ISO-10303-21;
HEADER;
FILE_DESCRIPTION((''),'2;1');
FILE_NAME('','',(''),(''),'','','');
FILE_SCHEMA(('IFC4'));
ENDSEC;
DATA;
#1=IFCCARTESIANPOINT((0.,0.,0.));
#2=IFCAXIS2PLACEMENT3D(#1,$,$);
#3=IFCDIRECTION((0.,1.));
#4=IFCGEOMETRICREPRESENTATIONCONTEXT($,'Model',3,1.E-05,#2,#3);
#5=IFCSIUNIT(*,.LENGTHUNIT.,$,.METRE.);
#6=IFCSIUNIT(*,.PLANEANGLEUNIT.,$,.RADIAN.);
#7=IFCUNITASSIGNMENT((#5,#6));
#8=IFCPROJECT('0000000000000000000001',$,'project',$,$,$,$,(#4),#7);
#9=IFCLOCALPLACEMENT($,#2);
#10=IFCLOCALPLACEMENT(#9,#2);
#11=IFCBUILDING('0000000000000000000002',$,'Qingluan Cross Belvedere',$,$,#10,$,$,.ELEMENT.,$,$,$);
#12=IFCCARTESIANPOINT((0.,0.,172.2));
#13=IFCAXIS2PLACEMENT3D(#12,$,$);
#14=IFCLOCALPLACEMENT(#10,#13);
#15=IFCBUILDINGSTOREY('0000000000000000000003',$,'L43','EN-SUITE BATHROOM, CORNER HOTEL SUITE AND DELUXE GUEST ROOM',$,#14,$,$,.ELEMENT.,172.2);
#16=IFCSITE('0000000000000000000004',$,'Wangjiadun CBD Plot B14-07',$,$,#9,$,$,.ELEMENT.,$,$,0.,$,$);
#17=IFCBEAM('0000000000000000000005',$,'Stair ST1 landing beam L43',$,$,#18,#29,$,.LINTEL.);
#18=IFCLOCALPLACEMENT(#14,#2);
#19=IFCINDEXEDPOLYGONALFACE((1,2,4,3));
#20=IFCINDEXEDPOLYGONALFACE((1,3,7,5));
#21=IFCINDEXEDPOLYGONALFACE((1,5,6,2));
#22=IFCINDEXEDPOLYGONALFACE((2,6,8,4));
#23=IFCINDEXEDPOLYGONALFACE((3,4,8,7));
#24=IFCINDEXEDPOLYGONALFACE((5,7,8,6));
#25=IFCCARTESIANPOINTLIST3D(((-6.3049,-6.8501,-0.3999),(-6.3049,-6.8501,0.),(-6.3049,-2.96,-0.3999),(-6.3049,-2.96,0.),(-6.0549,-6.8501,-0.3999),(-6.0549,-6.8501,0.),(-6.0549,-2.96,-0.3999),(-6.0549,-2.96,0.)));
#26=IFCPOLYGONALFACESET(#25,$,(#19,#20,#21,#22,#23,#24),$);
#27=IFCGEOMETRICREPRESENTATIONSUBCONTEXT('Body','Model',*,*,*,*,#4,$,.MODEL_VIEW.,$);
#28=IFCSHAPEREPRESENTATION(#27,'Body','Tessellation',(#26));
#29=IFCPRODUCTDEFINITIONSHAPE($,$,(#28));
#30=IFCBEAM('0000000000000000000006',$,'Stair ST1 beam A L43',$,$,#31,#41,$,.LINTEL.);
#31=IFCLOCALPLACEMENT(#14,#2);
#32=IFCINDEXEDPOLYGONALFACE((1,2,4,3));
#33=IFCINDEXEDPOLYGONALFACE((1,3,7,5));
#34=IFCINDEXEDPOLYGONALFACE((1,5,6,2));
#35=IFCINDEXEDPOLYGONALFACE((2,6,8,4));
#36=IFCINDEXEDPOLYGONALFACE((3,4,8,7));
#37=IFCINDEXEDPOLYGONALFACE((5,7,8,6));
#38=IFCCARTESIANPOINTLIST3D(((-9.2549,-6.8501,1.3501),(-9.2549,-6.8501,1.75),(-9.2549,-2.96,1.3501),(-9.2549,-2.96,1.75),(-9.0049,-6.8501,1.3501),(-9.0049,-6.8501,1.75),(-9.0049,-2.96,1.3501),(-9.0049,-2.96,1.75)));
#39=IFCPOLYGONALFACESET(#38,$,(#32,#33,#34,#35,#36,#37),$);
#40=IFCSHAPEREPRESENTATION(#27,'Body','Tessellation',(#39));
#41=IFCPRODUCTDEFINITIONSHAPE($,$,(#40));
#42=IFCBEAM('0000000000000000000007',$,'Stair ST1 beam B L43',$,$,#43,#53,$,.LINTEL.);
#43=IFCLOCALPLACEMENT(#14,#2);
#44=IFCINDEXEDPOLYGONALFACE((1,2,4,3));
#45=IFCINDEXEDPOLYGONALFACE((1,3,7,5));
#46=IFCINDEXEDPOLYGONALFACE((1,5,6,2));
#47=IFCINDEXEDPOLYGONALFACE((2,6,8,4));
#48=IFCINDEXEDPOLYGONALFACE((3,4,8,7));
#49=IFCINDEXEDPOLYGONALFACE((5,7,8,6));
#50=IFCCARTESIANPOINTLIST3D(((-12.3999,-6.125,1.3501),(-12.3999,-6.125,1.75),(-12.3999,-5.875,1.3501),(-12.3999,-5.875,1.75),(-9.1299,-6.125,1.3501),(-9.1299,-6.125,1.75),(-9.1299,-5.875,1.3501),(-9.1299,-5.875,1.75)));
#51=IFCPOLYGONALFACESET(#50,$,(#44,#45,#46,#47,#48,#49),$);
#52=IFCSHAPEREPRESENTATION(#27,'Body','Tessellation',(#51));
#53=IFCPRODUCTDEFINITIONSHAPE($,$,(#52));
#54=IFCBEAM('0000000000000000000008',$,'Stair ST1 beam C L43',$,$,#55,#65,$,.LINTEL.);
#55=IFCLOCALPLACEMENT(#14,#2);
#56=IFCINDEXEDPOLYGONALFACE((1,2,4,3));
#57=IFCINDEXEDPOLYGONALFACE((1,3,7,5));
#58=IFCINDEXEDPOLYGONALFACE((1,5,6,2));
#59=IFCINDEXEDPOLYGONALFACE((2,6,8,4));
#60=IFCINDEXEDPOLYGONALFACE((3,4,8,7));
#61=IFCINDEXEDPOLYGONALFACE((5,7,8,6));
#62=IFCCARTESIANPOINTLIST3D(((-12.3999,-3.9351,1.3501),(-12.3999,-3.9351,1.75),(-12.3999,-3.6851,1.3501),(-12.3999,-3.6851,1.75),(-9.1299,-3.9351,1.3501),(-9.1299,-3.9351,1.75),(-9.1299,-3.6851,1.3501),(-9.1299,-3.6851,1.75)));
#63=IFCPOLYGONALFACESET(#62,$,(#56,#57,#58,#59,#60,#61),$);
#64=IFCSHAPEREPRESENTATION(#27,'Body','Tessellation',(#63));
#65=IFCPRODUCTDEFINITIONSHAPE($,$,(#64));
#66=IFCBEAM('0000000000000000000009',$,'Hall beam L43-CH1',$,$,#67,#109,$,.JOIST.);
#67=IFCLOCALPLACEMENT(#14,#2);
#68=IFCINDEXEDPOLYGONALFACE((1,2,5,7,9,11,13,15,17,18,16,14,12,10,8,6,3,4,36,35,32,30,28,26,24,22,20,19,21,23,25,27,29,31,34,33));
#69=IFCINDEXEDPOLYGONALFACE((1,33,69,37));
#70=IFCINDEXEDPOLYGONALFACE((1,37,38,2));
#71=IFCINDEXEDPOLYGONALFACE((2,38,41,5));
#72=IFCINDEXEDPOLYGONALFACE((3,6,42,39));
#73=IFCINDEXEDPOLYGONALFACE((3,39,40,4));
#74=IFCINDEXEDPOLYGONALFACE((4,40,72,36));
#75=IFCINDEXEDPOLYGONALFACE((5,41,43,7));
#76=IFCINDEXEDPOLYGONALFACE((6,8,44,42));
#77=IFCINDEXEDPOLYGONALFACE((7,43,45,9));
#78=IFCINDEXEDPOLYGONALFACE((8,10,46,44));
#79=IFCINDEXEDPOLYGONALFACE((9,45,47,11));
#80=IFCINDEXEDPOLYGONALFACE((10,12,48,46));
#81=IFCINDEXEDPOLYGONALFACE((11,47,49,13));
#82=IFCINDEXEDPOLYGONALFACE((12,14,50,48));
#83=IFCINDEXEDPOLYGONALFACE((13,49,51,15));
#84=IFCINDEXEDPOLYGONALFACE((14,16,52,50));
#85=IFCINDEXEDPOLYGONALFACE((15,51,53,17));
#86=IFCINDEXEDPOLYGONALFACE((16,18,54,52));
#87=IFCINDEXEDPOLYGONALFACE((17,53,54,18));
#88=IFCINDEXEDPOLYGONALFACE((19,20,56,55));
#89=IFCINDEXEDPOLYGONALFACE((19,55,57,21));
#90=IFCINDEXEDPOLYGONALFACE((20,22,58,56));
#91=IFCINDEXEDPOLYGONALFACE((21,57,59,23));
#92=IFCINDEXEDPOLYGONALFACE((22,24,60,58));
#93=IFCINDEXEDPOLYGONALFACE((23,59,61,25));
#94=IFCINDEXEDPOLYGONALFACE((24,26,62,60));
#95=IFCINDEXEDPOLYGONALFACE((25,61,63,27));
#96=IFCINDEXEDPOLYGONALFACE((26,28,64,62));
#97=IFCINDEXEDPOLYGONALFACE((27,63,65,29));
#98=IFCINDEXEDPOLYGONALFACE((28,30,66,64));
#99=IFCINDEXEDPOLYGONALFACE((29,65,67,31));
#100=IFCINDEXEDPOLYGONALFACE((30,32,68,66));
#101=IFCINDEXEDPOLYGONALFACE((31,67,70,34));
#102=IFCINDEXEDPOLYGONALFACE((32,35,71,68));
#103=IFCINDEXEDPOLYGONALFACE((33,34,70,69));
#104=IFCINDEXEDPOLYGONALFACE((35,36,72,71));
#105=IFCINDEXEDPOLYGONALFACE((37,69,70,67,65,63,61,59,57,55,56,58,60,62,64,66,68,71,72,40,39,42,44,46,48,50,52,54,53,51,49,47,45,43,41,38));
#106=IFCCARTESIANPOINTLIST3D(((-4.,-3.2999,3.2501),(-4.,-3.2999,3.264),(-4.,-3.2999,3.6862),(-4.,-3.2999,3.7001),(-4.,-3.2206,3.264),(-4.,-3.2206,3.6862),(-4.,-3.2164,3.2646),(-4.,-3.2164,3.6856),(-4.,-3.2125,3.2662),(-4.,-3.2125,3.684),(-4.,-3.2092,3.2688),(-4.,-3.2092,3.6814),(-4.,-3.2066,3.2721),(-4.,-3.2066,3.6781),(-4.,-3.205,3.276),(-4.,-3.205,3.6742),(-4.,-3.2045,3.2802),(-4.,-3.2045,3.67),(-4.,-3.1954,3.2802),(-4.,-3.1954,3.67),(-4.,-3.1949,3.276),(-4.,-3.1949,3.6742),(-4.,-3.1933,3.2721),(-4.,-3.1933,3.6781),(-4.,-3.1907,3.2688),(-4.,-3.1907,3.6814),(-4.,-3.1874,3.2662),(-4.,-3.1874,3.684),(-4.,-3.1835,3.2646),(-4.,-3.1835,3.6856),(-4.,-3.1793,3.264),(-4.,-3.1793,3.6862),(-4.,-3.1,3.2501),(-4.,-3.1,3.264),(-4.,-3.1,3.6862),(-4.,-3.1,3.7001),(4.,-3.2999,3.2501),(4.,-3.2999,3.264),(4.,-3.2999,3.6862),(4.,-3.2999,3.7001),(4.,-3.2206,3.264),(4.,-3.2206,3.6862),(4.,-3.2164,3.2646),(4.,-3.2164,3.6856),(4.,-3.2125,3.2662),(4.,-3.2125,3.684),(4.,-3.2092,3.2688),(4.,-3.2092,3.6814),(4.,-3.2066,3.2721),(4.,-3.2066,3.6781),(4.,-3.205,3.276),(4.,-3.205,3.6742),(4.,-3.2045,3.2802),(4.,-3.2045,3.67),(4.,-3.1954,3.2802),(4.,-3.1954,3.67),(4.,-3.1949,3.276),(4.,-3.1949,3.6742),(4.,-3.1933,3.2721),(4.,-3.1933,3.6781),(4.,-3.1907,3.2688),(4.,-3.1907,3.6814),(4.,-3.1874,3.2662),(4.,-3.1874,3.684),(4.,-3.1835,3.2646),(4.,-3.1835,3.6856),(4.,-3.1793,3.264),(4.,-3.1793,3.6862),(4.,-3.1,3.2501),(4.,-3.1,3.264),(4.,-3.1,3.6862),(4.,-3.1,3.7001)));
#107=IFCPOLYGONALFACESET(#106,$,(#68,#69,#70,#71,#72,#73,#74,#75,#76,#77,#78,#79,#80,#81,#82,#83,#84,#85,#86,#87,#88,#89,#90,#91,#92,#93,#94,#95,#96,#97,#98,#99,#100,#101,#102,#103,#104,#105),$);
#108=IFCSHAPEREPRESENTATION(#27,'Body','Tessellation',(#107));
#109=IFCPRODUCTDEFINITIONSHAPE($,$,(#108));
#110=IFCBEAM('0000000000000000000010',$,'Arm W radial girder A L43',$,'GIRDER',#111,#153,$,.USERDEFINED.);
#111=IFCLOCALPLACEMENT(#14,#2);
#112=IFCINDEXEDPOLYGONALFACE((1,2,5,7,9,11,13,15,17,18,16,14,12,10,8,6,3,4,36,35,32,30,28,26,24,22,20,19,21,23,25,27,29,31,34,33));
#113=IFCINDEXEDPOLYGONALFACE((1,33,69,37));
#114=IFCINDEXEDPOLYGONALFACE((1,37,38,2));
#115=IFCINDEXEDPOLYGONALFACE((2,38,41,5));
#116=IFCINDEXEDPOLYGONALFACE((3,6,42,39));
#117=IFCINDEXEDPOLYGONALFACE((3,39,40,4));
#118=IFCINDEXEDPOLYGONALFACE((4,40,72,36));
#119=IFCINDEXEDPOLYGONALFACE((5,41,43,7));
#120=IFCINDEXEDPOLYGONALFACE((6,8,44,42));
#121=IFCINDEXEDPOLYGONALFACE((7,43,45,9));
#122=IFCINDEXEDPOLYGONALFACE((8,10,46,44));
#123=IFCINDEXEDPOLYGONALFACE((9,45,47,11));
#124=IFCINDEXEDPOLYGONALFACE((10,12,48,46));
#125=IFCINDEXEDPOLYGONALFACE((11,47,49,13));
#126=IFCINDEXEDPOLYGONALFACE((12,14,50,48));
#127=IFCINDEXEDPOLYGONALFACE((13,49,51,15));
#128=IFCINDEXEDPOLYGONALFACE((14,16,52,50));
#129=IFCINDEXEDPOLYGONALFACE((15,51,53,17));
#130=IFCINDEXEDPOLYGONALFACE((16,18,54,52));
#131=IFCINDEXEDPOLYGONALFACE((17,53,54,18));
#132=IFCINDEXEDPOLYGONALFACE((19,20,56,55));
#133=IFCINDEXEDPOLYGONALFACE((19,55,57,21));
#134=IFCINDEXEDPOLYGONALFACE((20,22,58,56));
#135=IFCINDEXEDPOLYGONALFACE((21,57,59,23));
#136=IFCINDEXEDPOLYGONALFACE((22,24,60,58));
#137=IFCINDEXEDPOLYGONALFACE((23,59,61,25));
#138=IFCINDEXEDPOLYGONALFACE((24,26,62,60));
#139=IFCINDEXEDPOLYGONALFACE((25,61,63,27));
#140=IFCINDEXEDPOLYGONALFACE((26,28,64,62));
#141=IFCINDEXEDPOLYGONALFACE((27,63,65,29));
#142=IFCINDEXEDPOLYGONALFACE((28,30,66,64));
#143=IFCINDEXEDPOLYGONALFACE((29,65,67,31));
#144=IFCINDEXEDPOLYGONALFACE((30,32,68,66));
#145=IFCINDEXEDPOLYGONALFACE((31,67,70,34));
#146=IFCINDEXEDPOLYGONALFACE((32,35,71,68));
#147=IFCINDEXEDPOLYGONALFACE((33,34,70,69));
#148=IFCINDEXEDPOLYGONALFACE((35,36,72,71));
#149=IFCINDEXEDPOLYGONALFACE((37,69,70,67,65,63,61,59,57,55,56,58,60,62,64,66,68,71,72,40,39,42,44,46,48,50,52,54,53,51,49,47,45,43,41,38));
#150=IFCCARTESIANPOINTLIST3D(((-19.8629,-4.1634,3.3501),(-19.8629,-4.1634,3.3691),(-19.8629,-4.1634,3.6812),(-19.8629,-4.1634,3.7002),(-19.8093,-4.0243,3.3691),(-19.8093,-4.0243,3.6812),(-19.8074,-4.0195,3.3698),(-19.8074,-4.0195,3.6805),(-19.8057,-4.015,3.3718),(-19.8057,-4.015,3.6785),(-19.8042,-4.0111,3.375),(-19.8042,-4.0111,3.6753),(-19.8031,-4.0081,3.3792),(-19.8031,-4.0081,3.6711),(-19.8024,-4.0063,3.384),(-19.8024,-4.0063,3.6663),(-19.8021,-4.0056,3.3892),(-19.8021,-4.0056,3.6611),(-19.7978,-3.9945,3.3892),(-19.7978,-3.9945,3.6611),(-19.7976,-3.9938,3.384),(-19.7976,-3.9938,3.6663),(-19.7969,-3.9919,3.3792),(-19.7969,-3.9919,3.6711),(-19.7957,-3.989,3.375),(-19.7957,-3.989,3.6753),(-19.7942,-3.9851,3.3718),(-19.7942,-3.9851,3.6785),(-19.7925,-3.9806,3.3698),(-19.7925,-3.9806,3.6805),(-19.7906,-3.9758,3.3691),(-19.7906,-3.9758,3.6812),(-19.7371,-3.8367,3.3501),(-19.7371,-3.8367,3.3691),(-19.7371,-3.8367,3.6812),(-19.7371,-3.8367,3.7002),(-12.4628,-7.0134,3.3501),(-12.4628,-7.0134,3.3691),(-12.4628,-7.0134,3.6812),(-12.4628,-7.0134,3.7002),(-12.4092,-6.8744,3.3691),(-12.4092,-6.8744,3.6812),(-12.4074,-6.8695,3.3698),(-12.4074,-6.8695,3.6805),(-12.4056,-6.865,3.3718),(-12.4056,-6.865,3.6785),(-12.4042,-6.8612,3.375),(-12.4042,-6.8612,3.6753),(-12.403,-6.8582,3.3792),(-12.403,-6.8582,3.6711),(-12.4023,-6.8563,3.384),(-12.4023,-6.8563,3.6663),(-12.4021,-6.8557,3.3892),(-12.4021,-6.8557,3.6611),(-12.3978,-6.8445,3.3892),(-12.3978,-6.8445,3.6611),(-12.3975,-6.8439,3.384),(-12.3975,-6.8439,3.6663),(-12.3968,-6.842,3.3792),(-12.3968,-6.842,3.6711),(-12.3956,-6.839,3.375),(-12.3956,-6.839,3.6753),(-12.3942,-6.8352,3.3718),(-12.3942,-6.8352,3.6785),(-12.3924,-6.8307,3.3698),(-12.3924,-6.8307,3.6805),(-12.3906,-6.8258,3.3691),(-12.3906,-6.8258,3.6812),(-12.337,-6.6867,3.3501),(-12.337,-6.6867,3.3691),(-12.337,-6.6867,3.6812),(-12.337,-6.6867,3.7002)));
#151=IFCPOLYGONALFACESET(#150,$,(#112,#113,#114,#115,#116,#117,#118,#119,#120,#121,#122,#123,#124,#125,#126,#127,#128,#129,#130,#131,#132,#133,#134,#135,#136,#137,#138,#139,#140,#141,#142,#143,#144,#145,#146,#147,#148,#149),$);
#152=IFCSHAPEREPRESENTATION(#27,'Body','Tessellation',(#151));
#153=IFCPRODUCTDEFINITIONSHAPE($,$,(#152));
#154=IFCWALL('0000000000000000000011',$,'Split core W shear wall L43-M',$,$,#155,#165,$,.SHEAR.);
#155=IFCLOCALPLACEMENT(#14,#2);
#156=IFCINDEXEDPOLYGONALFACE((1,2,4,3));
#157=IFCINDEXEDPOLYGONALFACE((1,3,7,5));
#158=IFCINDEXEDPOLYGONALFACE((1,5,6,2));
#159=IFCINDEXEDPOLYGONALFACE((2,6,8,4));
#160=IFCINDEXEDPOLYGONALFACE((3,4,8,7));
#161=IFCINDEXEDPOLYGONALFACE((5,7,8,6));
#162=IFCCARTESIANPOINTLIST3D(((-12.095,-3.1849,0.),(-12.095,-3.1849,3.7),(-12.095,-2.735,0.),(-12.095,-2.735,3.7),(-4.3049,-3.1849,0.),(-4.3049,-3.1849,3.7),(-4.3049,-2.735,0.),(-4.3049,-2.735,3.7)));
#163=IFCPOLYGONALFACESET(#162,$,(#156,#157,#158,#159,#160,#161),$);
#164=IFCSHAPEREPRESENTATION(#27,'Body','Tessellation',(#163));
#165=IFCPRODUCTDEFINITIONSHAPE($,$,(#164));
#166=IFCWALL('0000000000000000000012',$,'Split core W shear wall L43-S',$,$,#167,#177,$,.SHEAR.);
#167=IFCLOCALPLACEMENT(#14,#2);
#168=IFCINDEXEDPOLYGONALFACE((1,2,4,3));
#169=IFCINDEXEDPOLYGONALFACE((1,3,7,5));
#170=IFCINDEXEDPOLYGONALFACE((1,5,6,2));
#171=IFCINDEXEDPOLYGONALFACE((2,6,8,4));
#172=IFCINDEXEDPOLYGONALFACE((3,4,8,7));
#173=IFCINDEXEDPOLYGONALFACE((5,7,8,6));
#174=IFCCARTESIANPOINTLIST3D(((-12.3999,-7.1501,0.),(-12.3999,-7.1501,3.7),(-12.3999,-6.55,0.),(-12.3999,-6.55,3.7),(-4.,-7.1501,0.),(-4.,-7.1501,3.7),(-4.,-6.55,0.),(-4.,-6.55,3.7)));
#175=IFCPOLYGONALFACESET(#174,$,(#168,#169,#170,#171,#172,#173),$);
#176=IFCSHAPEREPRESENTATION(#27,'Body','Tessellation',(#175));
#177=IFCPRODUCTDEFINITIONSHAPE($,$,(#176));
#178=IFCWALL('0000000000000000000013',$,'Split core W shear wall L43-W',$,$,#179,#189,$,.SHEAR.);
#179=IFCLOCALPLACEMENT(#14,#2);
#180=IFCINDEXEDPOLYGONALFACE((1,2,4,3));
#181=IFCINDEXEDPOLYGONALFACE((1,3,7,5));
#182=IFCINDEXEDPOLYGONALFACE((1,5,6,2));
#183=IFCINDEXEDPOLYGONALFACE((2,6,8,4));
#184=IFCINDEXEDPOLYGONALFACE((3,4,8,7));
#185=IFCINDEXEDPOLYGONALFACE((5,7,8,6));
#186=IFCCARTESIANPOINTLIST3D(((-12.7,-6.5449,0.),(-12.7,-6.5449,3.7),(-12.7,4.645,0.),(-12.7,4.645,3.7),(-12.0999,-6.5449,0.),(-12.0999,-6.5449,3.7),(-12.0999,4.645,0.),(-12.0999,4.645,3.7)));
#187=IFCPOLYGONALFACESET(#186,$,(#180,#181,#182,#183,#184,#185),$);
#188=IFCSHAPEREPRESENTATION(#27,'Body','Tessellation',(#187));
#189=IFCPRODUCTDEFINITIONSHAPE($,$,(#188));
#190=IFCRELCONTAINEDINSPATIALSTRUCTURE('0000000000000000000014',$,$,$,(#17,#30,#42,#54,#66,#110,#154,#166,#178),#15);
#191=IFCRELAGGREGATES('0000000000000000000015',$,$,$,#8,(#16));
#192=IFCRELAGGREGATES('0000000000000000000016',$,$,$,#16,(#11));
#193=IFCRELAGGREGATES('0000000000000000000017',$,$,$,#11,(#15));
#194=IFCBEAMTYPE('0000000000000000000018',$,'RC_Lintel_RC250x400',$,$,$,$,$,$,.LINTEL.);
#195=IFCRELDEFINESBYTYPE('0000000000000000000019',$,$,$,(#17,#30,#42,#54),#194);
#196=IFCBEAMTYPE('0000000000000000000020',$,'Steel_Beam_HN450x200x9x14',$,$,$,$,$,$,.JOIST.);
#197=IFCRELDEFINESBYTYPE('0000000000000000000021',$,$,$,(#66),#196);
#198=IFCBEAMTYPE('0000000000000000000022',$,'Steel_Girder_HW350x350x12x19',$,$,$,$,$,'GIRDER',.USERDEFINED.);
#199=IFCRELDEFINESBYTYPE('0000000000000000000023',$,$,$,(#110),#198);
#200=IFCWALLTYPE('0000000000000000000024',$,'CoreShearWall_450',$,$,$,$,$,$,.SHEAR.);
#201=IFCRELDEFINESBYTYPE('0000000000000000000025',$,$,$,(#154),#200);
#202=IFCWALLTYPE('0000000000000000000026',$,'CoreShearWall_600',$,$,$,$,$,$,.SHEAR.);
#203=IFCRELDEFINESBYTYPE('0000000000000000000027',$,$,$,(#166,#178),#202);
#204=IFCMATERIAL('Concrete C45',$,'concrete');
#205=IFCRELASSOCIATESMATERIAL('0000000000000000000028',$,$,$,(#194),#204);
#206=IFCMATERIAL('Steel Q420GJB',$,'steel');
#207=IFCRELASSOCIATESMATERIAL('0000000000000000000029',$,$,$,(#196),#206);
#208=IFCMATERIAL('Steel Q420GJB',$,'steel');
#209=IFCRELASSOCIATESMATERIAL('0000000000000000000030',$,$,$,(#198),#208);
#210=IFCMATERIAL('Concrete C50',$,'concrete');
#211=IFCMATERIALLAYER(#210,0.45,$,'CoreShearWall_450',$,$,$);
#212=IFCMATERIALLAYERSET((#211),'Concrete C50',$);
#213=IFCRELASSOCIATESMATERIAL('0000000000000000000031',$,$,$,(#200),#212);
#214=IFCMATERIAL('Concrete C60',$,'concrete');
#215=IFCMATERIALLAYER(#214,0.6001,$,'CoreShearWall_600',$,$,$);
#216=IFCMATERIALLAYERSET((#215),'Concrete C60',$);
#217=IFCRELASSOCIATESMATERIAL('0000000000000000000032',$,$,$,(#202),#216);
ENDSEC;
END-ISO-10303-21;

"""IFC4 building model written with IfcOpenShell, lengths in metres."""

from ifc_helpers import new_model, si_unit, direction, frame, frame_2d, origin, origin_2d, place, context, subcontext, project, spatial, rectangle, i_section, extrude, material, layer, layer_set, material_profile, profile_set, type_object, element, save


model = new_model("IFC4")

# Units and contexts
model_context = context("Model", 3, precision=1e-05, world=origin(), true_north=direction((0.0, 1.0)))
body_context = subcontext(model_context, "Body", "Model", "MODEL_VIEW")
ifc_project = project(units=[si_unit("LENGTHUNIT", "METRE"), si_unit("PLANEANGLEUNIT", "RADIAN")], contexts=[model_context])

# Site, building, storey
site_placement = place(None, origin())
site = spatial("IfcSite", under=ifc_project, at=site_placement, Name="Wangjiadun CBD Plot B14-07", CompositionType="ELEMENT", RefElevation=0.0)
building_placement = place(site_placement, origin())
building = spatial("IfcBuilding", under=site, at=building_placement, Name="Qingluan Cross Belvedere", CompositionType="ELEMENT")
storey_placement = place(building_placement, frame((0.0, 0.0, 172.2)))
storey = spatial("IfcBuildingStorey", under=building, at=storey_placement, Name="L43", Description="EN-SUITE BATHROOM, CORNER HOTEL SUITE AND DELUXE GUEST ROOM", CompositionType="ELEMENT", Elevation=172.2)

# Beams
ifc_material_1 = material(Name="Concrete C45", Category="concrete")
ifc_material_profile_1 = material_profile(ifc_material_1, rectangle(XDim=0.25, YDim=0.3999, at=origin_2d()), Name="RC250x400")
ifc_profile_set_1 = profile_set([ifc_material_profile_1], Name="Concrete C45")
beam_type_1 = type_object("IfcBeamType", Name="RC_Lintel_RC250x400", PredefinedType="LINTEL", material=ifc_profile_set_1)
for number, where, z_axis, x_axis, name in (
    (1, (-6.1799, -6.8501, -0.2), (0.0, 1.0, 0.0), (-1.0, 0.0, 0.0), "Stair ST1 landing beam L43"),
    (2, (-9.1299, -6.8501, 1.55), (0.0, 1.0, 0.0), (-1.0, 0.0, 0.0), "Stair ST1 beam A L43"),
):
    element("IfcBeam", number, at=place(storey_placement, frame(where, z_axis=z_axis, x_axis=x_axis)), inside=storey, type_object=beam_type_1, Name=name, PredefinedType="LINTEL", context=body_context, shape_type="SweptSolid", body=[
        extrude(rectangle(XDim=0.25, YDim=0.3999, at=origin_2d()), origin(), (0.0, 0.0, 1.0), 3.8901),
    ])
for number, where, z_axis, x_axis, name in (
    (3, (-12.3999, -6.0, 1.55), (1.0, 0.0, 0.0), (0.0, 1.0, 0.0), "Stair ST1 beam B L43"),
    (4, (-12.3999, -3.8101, 1.55), (1.0, 0.0, 0.0), (0.0, 1.0, 0.0), "Stair ST1 beam C L43"),
):
    element("IfcBeam", number, at=place(storey_placement, frame(where, z_axis=z_axis, x_axis=x_axis)), inside=storey, type_object=beam_type_1, Name=name, PredefinedType="LINTEL", context=body_context, shape_type="SweptSolid", body=[
        extrude(rectangle(XDim=0.25, YDim=0.3999, at=origin_2d()), origin(), (0.0, 0.0, 1.0), 3.27),
    ])
ifc_material_2 = material(Name="Steel Q420GJB", Category="steel")
ifc_material_profile_2 = material_profile(ifc_material_2, i_section(OverallWidth=0.2, OverallDepth=0.45, WebThickness=0.009, FlangeThickness=0.0139, FilletRadius=0.0161, at=origin_2d()), Name="HN450x200x9x14")
ifc_profile_set_2 = profile_set([ifc_material_profile_2], Name="Steel Q420GJB")
beam_type_2 = type_object("IfcBeamType", Name="Steel_Beam_HN450x200x9x14", PredefinedType="JOIST", material=ifc_profile_set_2)
beam_1_placement = place(storey_placement, frame((-4.0, -3.2, 3.4751), z_axis=(1.0, 0.0, 0.0), x_axis=(0.0, 1.0, 0.0)))
element("IfcBeam", 5, at=beam_1_placement, inside=storey, type_object=beam_type_2, Name="Hall beam L43-CH1", PredefinedType="JOIST", context=body_context, shape_type="SweptSolid", body=[
    extrude(i_section(OverallWidth=0.2, OverallDepth=0.45, WebThickness=0.009, FlangeThickness=0.0139, FilletRadius=0.0161, at=origin_2d()), origin(), (0.0, 0.0, 1.0), 8.0),
])
ifc_material_3 = material(Name="Steel Q420GJB", Category="steel")
ifc_material_profile_3 = material_profile(ifc_material_3, i_section(OverallWidth=0.3501, OverallDepth=0.3501, WebThickness=0.012, FlangeThickness=0.019, FilletRadius=0.02, at=origin_2d()), Name="HW350x350x12x19")
ifc_profile_set_3 = profile_set([ifc_material_profile_3], Name="Steel Q420GJB")
beam_type_3 = type_object("IfcBeamType", Name="Steel_Girder_HW350x350x12x19", ElementType="GIRDER", PredefinedType="USERDEFINED", material=ifc_profile_set_3)
beam_2_placement = place(storey_placement, frame((-12.3999, -6.8501, 3.5251), z_axis=(-0.933181, 0.359406, 0.0), x_axis=(-0.359406, -0.933181, 0.0)))
element("IfcBeam", 6, at=beam_2_placement, inside=storey, type_object=beam_type_3, Name="Arm W radial girder A L43", ObjectType="GIRDER", PredefinedType="USERDEFINED", context=body_context, shape_type="SweptSolid", body=[
    extrude(i_section(OverallWidth=0.3501, OverallDepth=0.3501, WebThickness=0.012, FlangeThickness=0.019, FilletRadius=0.02, at=origin_2d()), origin(), (0.0, 0.0, 1.0), 7.9299),
])

# Walls
ifc_material_4 = material(Name="Concrete C50", Category="concrete")
ifc_layer_1 = layer(ifc_material_4, 0.45, Name="CoreShearWall_450")
ifc_layer_set_1 = layer_set([ifc_layer_1], Name="Concrete C50")
wall_type_1 = type_object("IfcWallType", Name="CoreShearWall_450", PredefinedType="SHEAR", material=ifc_layer_set_1)
wall_1_placement = place(storey_placement, frame((-12.095, -2.96, 0.0), z_axis=(0.0, 0.0, 1.0), x_axis=(1.0, 0.0, 0.0)))
element("IfcWall", 7, at=wall_1_placement, inside=storey, type_object=wall_type_1, Name="Split core W shear wall L43-M", PredefinedType="SHEAR", context=body_context, shape_type="SweptSolid", body=[
    extrude(rectangle(XDim=7.79, YDim=0.45, at=frame_2d((3.895, 0.0))), origin(), (0.0, 0.0, 1.0), 3.7),
])
ifc_material_5 = material(Name="Concrete C60", Category="concrete")
ifc_layer_2 = layer(ifc_material_5, 0.6001, Name="CoreShearWall_600")
ifc_layer_set_2 = layer_set([ifc_layer_2], Name="Concrete C60")
wall_type_2 = type_object("IfcWallType", Name="CoreShearWall_600", PredefinedType="SHEAR", material=ifc_layer_set_2)
wall_2_placement = place(storey_placement, frame((-12.3999, -6.8501, 0.0), z_axis=(0.0, 0.0, 1.0), x_axis=(1.0, 0.0, 0.0)))
element("IfcWall", 8, at=wall_2_placement, inside=storey, type_object=wall_type_2, Name="Split core W shear wall L43-S", PredefinedType="SHEAR", context=body_context, shape_type="SweptSolid", body=[
    extrude(rectangle(XDim=8.3999, YDim=0.6001, at=frame_2d((4.2, 0.0))), origin(), (0.0, 0.0, 1.0), 3.7),
])
wall_3_placement = place(storey_placement, frame((-12.3999, -6.5449, 0.0), z_axis=(0.0, 0.0, 1.0), x_axis=(0.0, 1.0, 0.0)))
element("IfcWall", 9, at=wall_3_placement, inside=storey, type_object=wall_type_2, Name="Split core W shear wall L43-W", PredefinedType="SHEAR", context=body_context, shape_type="SweptSolid", body=[
    extrude(rectangle(XDim=11.1899, YDim=0.6001, at=frame_2d((5.595, 0.0))), origin(), (0.0, 0.0, 1.0), 3.7),
])

save(model, "model.ifc")
